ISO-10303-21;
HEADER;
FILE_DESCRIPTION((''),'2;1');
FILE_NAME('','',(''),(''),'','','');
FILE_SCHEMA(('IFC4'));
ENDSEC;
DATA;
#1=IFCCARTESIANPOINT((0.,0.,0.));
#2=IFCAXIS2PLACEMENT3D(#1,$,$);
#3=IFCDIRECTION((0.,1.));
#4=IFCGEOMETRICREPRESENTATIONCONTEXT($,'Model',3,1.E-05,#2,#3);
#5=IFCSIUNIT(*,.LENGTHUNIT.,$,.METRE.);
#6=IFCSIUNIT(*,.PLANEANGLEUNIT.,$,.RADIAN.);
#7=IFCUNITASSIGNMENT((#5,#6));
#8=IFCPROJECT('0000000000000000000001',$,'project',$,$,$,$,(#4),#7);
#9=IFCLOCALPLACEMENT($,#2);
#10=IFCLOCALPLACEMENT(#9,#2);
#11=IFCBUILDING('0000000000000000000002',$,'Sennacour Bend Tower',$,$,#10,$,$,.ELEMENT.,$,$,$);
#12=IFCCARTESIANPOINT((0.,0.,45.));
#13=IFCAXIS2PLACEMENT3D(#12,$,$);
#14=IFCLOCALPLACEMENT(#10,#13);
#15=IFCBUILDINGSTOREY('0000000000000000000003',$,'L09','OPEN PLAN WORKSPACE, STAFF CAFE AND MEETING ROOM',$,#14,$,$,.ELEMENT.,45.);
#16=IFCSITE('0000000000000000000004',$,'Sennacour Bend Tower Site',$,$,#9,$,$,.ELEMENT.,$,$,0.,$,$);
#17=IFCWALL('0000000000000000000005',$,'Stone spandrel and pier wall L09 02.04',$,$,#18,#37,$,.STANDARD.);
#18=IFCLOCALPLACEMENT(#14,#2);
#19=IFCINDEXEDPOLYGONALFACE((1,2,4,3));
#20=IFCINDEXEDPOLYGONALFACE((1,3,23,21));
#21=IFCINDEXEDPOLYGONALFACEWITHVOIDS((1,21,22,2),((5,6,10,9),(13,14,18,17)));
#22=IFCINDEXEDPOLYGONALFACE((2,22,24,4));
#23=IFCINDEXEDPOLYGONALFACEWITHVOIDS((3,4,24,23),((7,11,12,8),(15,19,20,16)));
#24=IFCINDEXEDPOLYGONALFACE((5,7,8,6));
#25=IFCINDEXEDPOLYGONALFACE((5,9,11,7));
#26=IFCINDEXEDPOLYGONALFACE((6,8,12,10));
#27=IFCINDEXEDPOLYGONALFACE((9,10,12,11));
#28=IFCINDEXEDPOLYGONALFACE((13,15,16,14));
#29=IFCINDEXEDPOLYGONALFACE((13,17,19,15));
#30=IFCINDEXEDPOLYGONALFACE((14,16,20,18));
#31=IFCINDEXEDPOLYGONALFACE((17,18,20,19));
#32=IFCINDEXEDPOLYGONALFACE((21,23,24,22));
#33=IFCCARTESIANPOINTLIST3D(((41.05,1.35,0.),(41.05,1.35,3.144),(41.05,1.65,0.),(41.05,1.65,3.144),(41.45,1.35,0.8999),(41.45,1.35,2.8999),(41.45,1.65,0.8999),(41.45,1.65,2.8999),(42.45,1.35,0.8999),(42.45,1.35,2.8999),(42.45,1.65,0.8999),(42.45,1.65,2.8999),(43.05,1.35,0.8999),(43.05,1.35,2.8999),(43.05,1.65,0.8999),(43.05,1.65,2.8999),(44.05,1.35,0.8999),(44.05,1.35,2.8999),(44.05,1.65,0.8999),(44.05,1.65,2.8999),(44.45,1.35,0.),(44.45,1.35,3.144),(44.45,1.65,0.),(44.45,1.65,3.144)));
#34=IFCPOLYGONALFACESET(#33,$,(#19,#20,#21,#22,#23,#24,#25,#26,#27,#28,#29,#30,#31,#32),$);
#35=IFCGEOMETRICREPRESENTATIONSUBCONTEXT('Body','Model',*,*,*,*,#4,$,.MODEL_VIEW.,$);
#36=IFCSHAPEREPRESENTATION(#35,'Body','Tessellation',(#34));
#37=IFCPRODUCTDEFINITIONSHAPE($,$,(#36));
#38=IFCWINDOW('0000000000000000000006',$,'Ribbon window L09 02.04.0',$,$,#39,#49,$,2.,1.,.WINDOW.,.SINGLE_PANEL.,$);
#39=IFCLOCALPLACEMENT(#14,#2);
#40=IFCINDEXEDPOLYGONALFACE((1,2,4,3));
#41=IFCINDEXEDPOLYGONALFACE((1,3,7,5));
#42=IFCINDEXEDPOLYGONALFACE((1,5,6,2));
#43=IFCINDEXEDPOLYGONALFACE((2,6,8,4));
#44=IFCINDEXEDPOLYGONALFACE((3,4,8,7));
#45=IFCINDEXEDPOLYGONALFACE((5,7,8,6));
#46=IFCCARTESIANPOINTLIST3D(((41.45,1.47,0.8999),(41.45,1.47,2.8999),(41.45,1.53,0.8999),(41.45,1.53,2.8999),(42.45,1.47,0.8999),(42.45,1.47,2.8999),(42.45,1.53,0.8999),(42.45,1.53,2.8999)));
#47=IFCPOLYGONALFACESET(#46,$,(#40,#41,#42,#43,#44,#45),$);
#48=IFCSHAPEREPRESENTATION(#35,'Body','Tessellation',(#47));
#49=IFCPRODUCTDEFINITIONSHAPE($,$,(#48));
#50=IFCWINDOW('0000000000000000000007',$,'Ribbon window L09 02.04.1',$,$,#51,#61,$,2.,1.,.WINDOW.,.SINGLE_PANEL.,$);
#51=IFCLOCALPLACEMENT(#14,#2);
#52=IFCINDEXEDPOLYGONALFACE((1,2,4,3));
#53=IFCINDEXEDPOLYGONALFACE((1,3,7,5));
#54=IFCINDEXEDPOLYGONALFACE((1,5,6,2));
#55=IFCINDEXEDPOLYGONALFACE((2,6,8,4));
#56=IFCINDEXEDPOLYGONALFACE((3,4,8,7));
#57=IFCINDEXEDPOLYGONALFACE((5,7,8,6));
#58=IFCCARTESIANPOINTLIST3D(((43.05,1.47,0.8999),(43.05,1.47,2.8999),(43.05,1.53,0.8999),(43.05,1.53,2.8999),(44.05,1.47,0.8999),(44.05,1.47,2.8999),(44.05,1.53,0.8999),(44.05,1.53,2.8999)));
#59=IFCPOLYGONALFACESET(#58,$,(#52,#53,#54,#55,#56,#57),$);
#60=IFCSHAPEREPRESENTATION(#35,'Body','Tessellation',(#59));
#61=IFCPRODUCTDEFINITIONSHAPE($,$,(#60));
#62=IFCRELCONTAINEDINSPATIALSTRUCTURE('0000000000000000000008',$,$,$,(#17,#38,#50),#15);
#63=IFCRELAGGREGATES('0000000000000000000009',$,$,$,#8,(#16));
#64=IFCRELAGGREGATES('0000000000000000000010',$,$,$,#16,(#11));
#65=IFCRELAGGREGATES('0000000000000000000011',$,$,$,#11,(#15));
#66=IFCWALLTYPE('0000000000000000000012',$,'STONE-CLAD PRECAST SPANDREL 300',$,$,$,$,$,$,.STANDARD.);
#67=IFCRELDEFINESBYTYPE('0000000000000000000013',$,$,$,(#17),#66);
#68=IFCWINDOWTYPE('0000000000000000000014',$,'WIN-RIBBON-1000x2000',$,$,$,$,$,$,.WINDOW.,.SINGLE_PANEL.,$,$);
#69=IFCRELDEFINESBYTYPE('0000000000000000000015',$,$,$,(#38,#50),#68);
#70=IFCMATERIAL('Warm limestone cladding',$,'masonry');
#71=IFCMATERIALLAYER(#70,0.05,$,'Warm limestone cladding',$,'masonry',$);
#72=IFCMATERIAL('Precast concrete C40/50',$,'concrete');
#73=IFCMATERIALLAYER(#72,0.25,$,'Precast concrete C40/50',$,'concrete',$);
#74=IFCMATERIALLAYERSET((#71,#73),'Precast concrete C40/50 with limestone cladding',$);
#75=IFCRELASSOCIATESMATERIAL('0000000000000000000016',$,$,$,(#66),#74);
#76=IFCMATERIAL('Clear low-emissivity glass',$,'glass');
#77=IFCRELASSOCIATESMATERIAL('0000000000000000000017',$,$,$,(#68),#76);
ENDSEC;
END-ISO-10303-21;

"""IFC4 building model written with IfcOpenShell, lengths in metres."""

from ifc_helpers import new_model, si_unit, direction, frame, frame_2d, origin, place, context, subcontext, project, spatial, rectangle, extrude, material, layer, layer_set, type_object, element, fill, save


model = new_model("IFC4")

# Units and contexts
model_context = context("Model", 3, precision=1e-05, world=origin(), true_north=direction((0.0, 1.0)))
body_context = subcontext(model_context, "Body", "Model", "MODEL_VIEW")
ifc_project = project(units=[si_unit("LENGTHUNIT", "METRE"), si_unit("PLANEANGLEUNIT", "RADIAN")], contexts=[model_context])

# Site, building, storey
site_placement = place(None, origin())
site = spatial("IfcSite", under=ifc_project, at=site_placement, Name="Sennacour Bend Tower Site", CompositionType="ELEMENT", RefElevation=0.0)
building_placement = place(site_placement, origin())
building = spatial("IfcBuilding", under=site, at=building_placement, Name="Sennacour Bend Tower", CompositionType="ELEMENT")
storey_placement = place(building_placement, frame((0.0, 0.0, 45.0)))
storey = spatial("IfcBuildingStorey", under=building, at=storey_placement, Name="L09", Description="OPEN PLAN WORKSPACE, STAFF CAFE AND MEETING ROOM", CompositionType="ELEMENT", Elevation=45.0)

# Wall, openings, windows
ifc_material_1 = material(Name="Warm limestone cladding", Category="masonry")
ifc_layer_1 = layer(ifc_material_1, 0.05, Name="Warm limestone cladding", Category="masonry")
ifc_material_2 = material(Name="Precast concrete C40/50", Category="concrete")
ifc_layer_2 = layer(ifc_material_2, 0.25, Name="Precast concrete C40/50", Category="concrete")
ifc_layer_set_1 = layer_set([ifc_layer_1, ifc_layer_2], Name="Precast concrete C40/50 with limestone cladding")
wall_type_1 = type_object("IfcWallType", Name="STONE-CLAD PRECAST SPANDREL 300", PredefinedType="STANDARD", material=ifc_layer_set_1)
ifc_material_3 = material(Name="Clear low-emissivity glass", Category="glass")
window_type = type_object("IfcWindowType", Name="WIN-RIBBON-1000x2000", PartitioningType="SINGLE_PANEL", PredefinedType="WINDOW", material=ifc_material_3)
wall_1_placement = place(storey_placement, frame((41.05, 1.5, 0.0), z_axis=(0.0, 0.0, 1.0), x_axis=(1.0, 0.0, 0.0)))
wall_1 = element("IfcWall", 1, at=wall_1_placement, inside=storey, type_object=wall_type_1, Name="Stone spandrel and pier wall L09 02.04", PredefinedType="STANDARD", context=body_context, shape_type="SweptSolid", body=[
    extrude(rectangle(XDim=3.3999, YDim=0.3, at=frame_2d((1.7, 0.0))), origin(), (0.0, 0.0, 1.0), 3.144),
])
opening_1_placement = place(wall_1_placement, frame((0.3999, 0.0, 0.8999)))
opening_1 = element("IfcOpeningElement", 2, at=opening_1_placement, cuts=wall_1, PredefinedType="OPENING", context=body_context, shape_type="SweptSolid", body=[
    extrude(rectangle(XDim=1.0, YDim=2.0, at=frame_2d((0.5, 1.0))), frame((0.0, 0.1602, 0.0), z_axis=(0.0, -1.0, 0.0), x_axis=(1.0, 0.0, 0.0)), (0.0, 0.0, 1.0), 0.3201),
])
opening_2_placement = place(wall_1_placement, frame((2.0, 0.0, 0.8999)))
opening_2 = element("IfcOpeningElement", 3, at=opening_2_placement, cuts=wall_1, PredefinedType="OPENING", context=body_context, shape_type="SweptSolid", body=[
    extrude(rectangle(XDim=1.0, YDim=2.0, at=frame_2d((0.5, 1.0))), frame((0.0, 0.1602, 0.0), z_axis=(0.0, -1.0, 0.0), x_axis=(1.0, 0.0, 0.0)), (0.0, 0.0, 1.0), 0.3201),
])
window_1_placement = place(opening_1_placement, origin())
window_1 = element("IfcWindow", 4, at=window_1_placement, inside=storey, type_object=window_type, Name="Ribbon window L09 02.04.0", OverallHeight=2.0, OverallWidth=1.0, PartitioningType="SINGLE_PANEL", PredefinedType="WINDOW", context=body_context, shape_type="SweptSolid", body=[
    extrude(rectangle(XDim=1.0, YDim=2.0, at=frame_2d((0.5, 1.0))), frame((0.0, 0.03, 0.0), z_axis=(0.0, -1.0, 0.0), x_axis=(1.0, 0.0, 0.0)), (0.0, 0.0, 1.0), 0.0601),
])
fill(opening_1, window_1)
window_2_placement = place(opening_2_placement, origin())
window_2 = element("IfcWindow", 5, at=window_2_placement, inside=storey, type_object=window_type, Name="Ribbon window L09 02.04.1", OverallHeight=2.0, OverallWidth=1.0, PartitioningType="SINGLE_PANEL", PredefinedType="WINDOW", context=body_context, shape_type="SweptSolid", body=[
    extrude(rectangle(XDim=1.0, YDim=2.0, at=frame_2d((0.5, 1.0))), frame((0.0, 0.03, 0.0), z_axis=(0.0, -1.0, 0.0), x_axis=(1.0, 0.0, 0.0)), (0.0, 0.0, 1.0), 0.0601),
])
fill(opening_2, window_2)

save(model, "model.ifc")
